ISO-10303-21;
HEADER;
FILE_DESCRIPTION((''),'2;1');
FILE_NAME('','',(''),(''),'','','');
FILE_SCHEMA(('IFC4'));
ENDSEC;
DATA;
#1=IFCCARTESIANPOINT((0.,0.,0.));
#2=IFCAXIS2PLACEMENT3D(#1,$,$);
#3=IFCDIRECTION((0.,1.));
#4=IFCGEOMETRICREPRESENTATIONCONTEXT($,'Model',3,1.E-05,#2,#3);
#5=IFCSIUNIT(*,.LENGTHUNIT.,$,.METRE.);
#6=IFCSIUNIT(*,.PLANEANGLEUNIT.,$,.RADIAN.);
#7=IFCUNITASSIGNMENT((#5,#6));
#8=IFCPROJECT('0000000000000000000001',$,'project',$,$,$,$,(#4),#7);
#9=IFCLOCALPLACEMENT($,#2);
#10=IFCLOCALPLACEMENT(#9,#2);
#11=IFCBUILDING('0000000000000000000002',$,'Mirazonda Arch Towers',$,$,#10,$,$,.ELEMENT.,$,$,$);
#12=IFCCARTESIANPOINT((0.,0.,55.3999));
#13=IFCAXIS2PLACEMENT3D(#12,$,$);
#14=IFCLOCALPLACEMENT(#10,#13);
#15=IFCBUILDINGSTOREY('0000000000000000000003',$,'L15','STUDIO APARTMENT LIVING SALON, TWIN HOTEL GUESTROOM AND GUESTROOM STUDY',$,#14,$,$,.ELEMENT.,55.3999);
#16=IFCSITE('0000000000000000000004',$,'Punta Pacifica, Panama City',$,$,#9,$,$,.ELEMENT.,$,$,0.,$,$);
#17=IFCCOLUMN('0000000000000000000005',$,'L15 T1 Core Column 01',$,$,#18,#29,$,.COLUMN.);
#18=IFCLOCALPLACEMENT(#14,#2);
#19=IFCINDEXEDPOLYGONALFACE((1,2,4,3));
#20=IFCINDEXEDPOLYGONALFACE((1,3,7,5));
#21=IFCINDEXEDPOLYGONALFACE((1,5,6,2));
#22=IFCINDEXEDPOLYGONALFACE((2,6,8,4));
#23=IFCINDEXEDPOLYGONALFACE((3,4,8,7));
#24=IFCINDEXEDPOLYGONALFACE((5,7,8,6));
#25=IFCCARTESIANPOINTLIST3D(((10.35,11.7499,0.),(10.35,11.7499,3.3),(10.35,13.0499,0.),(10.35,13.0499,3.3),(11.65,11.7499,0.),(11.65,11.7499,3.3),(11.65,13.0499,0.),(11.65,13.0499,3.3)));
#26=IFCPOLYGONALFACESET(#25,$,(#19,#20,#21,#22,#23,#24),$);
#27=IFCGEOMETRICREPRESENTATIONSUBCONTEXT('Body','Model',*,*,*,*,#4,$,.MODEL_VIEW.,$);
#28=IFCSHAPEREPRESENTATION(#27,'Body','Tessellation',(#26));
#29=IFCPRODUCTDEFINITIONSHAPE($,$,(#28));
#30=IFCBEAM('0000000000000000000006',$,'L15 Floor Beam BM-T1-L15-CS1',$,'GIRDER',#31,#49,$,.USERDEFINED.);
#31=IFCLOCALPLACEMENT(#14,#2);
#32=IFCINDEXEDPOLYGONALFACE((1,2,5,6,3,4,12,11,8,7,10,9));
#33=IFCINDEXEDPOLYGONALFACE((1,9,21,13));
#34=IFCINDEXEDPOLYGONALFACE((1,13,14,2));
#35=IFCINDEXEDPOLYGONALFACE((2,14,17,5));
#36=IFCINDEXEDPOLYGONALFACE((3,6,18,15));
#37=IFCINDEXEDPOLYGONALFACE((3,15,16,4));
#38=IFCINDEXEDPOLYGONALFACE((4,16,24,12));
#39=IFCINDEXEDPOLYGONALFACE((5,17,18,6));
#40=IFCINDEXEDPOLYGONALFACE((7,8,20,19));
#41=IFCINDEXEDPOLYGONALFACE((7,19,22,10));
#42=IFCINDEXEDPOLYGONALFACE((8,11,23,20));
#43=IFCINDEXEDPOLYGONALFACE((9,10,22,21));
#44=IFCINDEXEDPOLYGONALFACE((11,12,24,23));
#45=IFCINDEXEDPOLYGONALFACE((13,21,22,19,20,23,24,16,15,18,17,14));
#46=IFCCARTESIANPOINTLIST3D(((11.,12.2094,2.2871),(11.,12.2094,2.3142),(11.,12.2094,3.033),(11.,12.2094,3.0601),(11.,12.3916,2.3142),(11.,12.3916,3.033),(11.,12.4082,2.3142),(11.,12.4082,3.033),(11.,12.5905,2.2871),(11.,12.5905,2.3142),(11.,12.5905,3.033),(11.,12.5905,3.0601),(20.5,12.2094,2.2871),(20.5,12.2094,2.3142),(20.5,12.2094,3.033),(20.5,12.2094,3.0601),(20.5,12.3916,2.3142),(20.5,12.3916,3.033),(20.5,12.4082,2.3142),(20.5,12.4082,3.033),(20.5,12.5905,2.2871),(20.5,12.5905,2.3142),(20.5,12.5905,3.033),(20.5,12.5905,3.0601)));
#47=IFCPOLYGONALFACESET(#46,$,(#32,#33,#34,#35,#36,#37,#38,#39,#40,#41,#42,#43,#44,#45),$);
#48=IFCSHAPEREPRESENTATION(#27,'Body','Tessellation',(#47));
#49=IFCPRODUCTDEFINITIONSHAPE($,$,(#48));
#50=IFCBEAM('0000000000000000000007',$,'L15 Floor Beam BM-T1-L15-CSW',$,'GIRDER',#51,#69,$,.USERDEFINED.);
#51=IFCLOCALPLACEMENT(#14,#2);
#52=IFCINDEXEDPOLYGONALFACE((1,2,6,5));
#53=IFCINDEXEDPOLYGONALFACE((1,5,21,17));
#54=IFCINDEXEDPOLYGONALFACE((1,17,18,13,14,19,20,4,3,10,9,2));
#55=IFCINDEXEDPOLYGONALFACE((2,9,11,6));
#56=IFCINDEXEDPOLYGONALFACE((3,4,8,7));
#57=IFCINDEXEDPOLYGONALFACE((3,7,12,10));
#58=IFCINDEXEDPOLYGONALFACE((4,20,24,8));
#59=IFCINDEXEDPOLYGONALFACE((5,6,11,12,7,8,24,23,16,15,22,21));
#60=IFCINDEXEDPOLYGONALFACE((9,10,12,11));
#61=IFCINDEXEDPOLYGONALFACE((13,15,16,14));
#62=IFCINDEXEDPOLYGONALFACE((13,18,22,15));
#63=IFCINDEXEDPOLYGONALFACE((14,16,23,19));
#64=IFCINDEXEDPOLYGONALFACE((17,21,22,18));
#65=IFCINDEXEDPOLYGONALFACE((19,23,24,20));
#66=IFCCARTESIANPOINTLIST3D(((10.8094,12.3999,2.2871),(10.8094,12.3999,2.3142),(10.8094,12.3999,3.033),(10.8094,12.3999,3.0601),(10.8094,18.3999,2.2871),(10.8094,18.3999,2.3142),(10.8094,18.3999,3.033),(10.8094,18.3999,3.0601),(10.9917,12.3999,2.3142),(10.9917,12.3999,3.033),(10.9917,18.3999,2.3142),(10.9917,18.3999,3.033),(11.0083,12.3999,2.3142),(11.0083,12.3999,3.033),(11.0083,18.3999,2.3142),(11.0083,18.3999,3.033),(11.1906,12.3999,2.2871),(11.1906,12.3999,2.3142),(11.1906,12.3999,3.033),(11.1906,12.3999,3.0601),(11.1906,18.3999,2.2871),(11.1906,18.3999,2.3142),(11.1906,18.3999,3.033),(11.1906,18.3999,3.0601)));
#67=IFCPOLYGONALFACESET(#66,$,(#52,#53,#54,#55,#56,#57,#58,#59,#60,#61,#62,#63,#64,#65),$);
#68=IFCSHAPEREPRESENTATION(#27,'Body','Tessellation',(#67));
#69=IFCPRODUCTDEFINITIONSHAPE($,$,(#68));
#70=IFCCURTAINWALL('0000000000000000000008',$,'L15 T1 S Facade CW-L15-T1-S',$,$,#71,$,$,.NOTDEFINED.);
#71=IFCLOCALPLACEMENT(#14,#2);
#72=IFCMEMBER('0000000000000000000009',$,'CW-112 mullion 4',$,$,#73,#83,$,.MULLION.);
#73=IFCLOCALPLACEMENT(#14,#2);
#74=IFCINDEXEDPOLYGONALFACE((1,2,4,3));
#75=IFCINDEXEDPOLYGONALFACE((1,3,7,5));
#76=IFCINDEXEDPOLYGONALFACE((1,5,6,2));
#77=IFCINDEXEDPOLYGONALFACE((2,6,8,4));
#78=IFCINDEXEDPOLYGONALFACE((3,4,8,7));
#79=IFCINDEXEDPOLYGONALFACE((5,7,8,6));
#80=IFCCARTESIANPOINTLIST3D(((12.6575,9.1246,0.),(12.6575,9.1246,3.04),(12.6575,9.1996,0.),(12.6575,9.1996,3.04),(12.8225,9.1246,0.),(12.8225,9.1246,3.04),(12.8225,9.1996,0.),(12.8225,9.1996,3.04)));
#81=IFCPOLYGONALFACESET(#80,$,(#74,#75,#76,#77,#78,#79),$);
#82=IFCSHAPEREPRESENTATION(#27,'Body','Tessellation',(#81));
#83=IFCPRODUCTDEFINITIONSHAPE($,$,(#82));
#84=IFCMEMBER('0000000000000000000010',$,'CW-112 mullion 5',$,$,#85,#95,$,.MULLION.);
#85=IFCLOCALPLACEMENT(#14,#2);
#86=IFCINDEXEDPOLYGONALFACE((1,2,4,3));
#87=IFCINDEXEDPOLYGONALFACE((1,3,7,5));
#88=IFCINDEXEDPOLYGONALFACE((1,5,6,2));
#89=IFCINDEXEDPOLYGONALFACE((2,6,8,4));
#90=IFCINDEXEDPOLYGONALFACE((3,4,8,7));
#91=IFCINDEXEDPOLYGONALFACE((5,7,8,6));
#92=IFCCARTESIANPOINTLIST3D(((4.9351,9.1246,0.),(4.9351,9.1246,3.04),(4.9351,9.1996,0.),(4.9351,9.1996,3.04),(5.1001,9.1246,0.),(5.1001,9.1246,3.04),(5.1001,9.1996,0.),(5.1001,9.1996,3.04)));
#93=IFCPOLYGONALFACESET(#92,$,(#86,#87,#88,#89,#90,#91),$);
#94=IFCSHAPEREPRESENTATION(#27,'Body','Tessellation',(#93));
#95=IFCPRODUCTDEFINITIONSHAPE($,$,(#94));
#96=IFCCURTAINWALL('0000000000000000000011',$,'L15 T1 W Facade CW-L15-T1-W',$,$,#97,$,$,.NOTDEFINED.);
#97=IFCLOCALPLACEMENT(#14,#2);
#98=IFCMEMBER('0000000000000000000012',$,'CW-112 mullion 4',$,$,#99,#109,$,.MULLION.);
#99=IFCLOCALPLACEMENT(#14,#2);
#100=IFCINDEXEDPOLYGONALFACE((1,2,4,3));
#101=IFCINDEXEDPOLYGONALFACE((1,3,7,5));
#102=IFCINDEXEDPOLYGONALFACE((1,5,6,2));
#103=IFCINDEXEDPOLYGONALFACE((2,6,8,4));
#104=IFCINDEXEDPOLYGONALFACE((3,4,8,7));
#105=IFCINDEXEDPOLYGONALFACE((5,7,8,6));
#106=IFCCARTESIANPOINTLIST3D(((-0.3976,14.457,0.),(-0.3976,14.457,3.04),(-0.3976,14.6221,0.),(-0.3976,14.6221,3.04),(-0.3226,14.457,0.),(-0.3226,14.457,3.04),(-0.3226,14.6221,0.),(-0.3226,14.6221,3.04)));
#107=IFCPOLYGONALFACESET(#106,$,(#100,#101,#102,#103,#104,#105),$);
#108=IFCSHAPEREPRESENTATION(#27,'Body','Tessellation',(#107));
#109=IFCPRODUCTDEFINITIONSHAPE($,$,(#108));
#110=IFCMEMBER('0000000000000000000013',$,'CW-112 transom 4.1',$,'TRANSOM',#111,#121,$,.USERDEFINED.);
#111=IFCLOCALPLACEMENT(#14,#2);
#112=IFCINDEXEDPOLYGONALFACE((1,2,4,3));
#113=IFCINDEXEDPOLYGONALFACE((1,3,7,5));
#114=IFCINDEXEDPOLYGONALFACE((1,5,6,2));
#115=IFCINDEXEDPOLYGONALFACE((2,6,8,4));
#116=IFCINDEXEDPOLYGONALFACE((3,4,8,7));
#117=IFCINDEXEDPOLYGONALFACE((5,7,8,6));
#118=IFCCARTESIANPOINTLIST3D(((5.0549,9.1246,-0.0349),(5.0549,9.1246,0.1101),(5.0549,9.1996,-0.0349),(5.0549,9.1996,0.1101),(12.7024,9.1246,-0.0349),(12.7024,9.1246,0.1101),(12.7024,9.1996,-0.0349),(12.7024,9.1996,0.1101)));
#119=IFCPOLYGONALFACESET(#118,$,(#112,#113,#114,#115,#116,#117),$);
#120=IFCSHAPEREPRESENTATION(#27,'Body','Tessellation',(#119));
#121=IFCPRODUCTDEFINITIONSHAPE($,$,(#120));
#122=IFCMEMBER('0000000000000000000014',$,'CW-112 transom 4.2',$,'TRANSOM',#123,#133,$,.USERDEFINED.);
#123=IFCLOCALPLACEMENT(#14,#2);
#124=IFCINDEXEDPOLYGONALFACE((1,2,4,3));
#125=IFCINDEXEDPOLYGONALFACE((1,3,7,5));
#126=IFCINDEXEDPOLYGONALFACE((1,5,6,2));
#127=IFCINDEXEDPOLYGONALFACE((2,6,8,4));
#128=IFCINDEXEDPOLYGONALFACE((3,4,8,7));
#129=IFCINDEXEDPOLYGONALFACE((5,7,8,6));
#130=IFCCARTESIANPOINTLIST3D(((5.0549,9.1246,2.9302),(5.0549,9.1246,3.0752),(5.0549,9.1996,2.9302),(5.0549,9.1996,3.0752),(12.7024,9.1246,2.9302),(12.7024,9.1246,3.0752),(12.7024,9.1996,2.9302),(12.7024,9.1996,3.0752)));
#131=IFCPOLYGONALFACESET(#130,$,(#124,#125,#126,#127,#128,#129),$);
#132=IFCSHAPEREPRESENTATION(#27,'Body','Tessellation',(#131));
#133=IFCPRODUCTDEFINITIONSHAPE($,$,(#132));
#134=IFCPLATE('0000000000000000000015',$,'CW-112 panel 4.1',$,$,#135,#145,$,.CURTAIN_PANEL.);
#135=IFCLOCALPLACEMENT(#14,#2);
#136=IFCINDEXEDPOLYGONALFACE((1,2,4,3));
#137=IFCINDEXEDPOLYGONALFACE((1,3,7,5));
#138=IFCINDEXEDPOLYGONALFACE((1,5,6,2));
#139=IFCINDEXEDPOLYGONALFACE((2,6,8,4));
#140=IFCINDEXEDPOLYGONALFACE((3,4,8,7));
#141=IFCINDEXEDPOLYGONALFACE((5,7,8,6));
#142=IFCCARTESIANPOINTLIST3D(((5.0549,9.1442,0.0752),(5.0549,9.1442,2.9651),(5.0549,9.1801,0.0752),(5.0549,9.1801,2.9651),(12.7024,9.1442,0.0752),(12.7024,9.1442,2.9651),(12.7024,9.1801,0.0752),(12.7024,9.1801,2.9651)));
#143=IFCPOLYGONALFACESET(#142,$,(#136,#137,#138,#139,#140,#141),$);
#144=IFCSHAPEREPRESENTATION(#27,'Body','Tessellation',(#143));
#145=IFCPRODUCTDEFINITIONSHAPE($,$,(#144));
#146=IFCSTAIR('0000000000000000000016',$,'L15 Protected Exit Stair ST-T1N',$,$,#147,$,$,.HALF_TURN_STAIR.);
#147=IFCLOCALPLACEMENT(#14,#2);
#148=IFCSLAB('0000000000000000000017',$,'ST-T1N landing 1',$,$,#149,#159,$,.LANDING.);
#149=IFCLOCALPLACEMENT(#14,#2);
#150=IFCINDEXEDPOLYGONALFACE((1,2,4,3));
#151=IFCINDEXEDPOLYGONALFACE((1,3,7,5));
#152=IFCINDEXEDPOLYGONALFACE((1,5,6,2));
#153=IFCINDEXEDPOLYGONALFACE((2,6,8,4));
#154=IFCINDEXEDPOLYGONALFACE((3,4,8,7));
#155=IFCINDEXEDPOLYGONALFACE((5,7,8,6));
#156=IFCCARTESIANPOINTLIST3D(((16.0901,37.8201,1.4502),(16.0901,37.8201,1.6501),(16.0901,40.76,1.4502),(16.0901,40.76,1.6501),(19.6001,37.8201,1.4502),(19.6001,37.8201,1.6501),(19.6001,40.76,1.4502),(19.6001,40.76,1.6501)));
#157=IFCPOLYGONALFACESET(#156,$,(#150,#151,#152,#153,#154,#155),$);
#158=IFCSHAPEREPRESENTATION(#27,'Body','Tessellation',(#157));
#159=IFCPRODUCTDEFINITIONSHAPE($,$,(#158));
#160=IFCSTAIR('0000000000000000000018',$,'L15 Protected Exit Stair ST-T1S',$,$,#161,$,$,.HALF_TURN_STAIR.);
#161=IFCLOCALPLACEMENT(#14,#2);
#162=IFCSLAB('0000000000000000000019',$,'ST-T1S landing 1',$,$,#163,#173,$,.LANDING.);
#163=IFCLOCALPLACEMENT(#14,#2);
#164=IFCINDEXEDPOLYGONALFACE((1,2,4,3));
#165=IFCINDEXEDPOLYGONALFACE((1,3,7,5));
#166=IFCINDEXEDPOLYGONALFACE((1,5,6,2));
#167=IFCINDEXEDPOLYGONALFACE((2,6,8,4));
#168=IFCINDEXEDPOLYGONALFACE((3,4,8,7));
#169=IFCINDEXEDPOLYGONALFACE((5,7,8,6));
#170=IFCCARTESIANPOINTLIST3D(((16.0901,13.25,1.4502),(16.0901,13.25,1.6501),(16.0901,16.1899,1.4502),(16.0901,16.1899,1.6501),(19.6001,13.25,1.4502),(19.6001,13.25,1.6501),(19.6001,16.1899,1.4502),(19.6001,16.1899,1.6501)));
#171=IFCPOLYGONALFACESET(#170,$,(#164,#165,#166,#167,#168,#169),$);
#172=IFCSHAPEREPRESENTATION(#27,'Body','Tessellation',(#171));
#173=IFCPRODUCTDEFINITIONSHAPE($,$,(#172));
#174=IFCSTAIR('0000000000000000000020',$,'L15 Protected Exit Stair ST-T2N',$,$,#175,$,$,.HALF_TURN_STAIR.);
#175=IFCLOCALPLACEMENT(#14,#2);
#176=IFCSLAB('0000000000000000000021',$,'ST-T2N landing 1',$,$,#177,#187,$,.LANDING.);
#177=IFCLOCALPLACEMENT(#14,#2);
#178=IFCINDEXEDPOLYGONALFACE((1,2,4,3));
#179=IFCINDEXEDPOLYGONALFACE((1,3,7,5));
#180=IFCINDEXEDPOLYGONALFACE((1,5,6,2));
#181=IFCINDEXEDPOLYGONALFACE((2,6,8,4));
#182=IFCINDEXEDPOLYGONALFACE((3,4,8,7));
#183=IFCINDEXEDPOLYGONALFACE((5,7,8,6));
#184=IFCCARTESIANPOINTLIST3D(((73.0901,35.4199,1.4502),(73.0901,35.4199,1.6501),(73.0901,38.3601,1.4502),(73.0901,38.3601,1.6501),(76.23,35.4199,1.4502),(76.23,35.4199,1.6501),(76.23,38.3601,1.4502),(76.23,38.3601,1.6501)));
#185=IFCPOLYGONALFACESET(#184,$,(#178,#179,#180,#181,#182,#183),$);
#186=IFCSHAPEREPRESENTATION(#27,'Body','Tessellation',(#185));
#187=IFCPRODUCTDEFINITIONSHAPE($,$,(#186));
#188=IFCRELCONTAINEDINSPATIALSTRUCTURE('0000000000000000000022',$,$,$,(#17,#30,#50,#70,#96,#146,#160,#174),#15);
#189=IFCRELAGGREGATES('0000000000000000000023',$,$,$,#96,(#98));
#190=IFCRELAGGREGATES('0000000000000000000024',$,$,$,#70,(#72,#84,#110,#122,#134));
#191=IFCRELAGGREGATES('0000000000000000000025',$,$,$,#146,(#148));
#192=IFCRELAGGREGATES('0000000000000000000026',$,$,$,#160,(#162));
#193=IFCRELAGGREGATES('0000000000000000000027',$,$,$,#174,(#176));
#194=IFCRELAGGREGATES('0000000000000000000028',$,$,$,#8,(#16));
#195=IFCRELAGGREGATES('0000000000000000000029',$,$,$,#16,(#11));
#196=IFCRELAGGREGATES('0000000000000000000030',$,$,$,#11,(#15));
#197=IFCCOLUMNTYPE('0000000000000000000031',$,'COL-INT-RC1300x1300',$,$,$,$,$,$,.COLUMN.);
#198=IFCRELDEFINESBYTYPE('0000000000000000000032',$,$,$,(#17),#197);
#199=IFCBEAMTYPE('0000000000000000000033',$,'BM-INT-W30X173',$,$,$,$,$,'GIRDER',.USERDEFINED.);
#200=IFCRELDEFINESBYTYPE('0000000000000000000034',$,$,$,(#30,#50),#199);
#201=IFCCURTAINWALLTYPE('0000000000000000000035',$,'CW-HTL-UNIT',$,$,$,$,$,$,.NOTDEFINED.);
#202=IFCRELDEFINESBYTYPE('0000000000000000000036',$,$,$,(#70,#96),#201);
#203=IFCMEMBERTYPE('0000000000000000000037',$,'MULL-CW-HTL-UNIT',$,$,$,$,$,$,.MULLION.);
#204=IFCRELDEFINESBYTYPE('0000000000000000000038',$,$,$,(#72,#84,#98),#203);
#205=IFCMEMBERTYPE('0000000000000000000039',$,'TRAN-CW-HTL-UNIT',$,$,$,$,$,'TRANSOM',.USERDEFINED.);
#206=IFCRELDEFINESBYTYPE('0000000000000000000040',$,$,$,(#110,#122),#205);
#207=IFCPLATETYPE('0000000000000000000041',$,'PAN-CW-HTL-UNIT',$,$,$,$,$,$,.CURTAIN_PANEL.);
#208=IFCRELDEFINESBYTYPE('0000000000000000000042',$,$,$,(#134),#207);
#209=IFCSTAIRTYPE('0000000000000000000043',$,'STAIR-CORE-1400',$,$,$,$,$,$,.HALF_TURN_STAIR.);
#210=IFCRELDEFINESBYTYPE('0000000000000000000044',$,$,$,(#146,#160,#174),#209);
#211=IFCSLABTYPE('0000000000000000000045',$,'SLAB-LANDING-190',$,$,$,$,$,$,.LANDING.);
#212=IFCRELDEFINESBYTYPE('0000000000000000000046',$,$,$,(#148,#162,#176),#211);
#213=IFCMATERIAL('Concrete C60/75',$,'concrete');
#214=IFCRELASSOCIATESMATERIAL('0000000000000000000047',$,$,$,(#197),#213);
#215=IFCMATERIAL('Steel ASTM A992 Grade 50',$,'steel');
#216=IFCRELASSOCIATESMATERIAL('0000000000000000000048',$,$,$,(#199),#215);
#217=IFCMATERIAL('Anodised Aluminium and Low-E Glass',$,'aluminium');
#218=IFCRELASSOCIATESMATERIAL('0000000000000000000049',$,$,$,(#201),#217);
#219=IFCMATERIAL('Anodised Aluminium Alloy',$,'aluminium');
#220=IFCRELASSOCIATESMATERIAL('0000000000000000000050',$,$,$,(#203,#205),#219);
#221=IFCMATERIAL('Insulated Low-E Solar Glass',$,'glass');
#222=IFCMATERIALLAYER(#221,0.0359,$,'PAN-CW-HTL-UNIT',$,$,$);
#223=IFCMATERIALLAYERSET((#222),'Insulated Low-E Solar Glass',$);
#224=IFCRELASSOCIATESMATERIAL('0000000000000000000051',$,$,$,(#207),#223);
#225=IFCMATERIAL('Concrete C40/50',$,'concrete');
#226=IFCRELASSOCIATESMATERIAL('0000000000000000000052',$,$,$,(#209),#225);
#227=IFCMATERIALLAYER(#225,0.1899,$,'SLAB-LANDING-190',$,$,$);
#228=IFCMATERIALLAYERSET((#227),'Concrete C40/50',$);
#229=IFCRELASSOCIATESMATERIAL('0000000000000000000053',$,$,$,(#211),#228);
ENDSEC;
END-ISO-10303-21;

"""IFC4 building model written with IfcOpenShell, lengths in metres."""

from ifc_helpers import new_model, si_unit, direction, frame, origin, origin_2d, place, context, subcontext, project, spatial, polyline, rectangle, i_section, outline, extrude, material, layer, layer_set, material_profile, profile_set, type_object, element, aggregate, save


model = new_model("IFC4")

# Units and contexts
model_context = context("Model", 3, precision=1e-05, world=origin(), true_north=direction((0.0, 1.0)))
body_context = subcontext(model_context, "Body", "Model", "MODEL_VIEW")
ifc_project = project(units=[si_unit("LENGTHUNIT", "METRE"), si_unit("PLANEANGLEUNIT", "RADIAN")], contexts=[model_context])

# Site, building, storey
site_placement = place(None, origin())
site = spatial("IfcSite", under=ifc_project, at=site_placement, Name="Punta Pacifica, Panama City", CompositionType="ELEMENT", RefElevation=0.0)
building_placement = place(site_placement, origin())
building = spatial("IfcBuilding", under=site, at=building_placement, Name="Mirazonda Arch Towers", CompositionType="ELEMENT")
storey_placement = place(building_placement, frame((0.0, 0.0, 55.3999)))
storey = spatial("IfcBuildingStorey", under=building, at=storey_placement, Name="L15", Description="STUDIO APARTMENT LIVING SALON, TWIN HOTEL GUESTROOM AND GUESTROOM STUDY", CompositionType="ELEMENT", Elevation=55.3999)

# Column
ifc_material_1 = material(Name="Concrete C60/75", Category="concrete")
ifc_material_profile_1 = material_profile(ifc_material_1, rectangle(XDim=1.3, YDim=1.3, at=origin_2d()), Name="RC1300x1300")
ifc_profile_set_1 = profile_set([ifc_material_profile_1], Name="Concrete C60/75")
column_type = type_object("IfcColumnType", Name="COL-INT-RC1300x1300", PredefinedType="COLUMN", material=ifc_profile_set_1)
column_placement = place(storey_placement, frame((11.0, 12.3999, 0.0), z_axis=(0.0, 0.0, 1.0), x_axis=(1.0, 0.0, 0.0)))
element("IfcColumn", 1, at=column_placement, inside=storey, type_object=column_type, Name="L15 T1 Core Column 01", PredefinedType="COLUMN", context=body_context, shape_type="SweptSolid", body=[
    extrude(rectangle(XDim=1.3, YDim=1.3, at=origin_2d()), origin(), (0.0, 0.0, 1.0), 3.3),
])

# Beams
ifc_material_2 = material(Name="Steel ASTM A992 Grade 50", Category="steel")
ifc_material_profile_2 = material_profile(ifc_material_2, i_section(OverallWidth=0.3811, OverallDepth=0.7729, WebThickness=0.0166, FlangeThickness=0.0271, at=origin_2d()), Name="W30X173")
ifc_profile_set_2 = profile_set([ifc_material_profile_2], Name="Steel ASTM A992 Grade 50")
beam_type = type_object("IfcBeamType", Name="BM-INT-W30X173", ElementType="GIRDER", PredefinedType="USERDEFINED", material=ifc_profile_set_2)
beam_1_placement = place(storey_placement, frame((11.0, 12.3999, 2.6736), z_axis=(1.0, 0.0, 0.0), x_axis=(0.0, 1.0, 0.0)))
element("IfcBeam", 2, at=beam_1_placement, inside=storey, type_object=beam_type, Name="L15 Floor Beam BM-T1-L15-CS1", ObjectType="GIRDER", PredefinedType="USERDEFINED", context=body_context, shape_type="SweptSolid", body=[
    extrude(i_section(OverallWidth=0.3811, OverallDepth=0.7729, WebThickness=0.0166, FlangeThickness=0.0271, at=origin_2d()), origin(), (0.0, 0.0, 1.0), 9.5),
])
beam_2_placement = place(storey_placement, frame((11.0, 12.3999, 2.6736), z_axis=(0.0, 1.0, 0.0), x_axis=(-1.0, 0.0, 0.0)))
element("IfcBeam", 3, at=beam_2_placement, inside=storey, type_object=beam_type, Name="L15 Floor Beam BM-T1-L15-CSW", ObjectType="GIRDER", PredefinedType="USERDEFINED", context=body_context, shape_type="SweptSolid", body=[
    extrude(i_section(OverallWidth=0.3811, OverallDepth=0.7729, WebThickness=0.0166, FlangeThickness=0.0271, at=origin_2d()), origin(), (0.0, 0.0, 1.0), 6.0),
])

# Curtain wall, members
ifc_material_3 = material(Name="Anodised Aluminium and Low-E Glass", Category="aluminium")
curtain_wall_type = type_object("IfcCurtainWallType", Name="CW-HTL-UNIT", PredefinedType="NOTDEFINED", material=ifc_material_3)
curtain_wall_1_placement = place(storey_placement, origin())
curtain_wall_1 = element("IfcCurtainWall", 4, at=curtain_wall_1_placement, inside=storey, type_object=curtain_wall_type, Name="L15 T1 S Facade CW-L15-T1-S", PredefinedType="NOTDEFINED")
ifc_material_4 = material(Name="Anodised Aluminium Alloy", Category="aluminium")
ifc_material_profile_3 = material_profile(ifc_material_4, rectangle(XDim=0.075, YDim=0.165, at=origin_2d()), Name="ALU-MULL-75x165")
ifc_profile_set_3 = profile_set([ifc_material_profile_3], Name="Anodised Aluminium Alloy")
member_type_1 = type_object("IfcMemberType", Name="MULL-CW-HTL-UNIT", PredefinedType="MULLION", material=ifc_profile_set_3)
member_1_placement = place(storey_placement, frame((12.74, 9.1621, 0.0), z_axis=(0.0, 0.0, 1.0), x_axis=(0.0, -1.0, 0.0)))
member_1 = element("IfcMember", 5, at=member_1_placement, type_object=member_type_1, Name="CW-112 mullion 4", PredefinedType="MULLION", context=body_context, shape_type="SweptSolid", body=[
    extrude(rectangle(XDim=0.075, YDim=0.165, at=origin_2d()), origin(), (0.0, 0.0, 1.0), 3.04),
])
member_2_placement = place(storey_placement, frame((5.0176, 9.1621, 0.0), z_axis=(0.0, 0.0, 1.0), x_axis=(0.0, -1.0, 0.0)))
member_2 = element("IfcMember", 6, at=member_2_placement, type_object=member_type_1, Name="CW-112 mullion 5", PredefinedType="MULLION", context=body_context, shape_type="SweptSolid", body=[
    extrude(rectangle(XDim=0.075, YDim=0.165, at=origin_2d()), origin(), (0.0, 0.0, 1.0), 3.04),
])

# Curtain wall, member
curtain_wall_2_placement = place(storey_placement, origin())
curtain_wall_2 = element("IfcCurtainWall", 7, at=curtain_wall_2_placement, inside=storey, type_object=curtain_wall_type, Name="L15 T1 W Facade CW-L15-T1-W", PredefinedType="NOTDEFINED")
member_3_placement = place(storey_placement, frame((-0.3601, 14.5396, 0.0), z_axis=(0.0, 0.0, 1.0), x_axis=(1.0, 0.0, 0.0)))
member_3 = element("IfcMember", 8, at=member_3_placement, type_object=member_type_1, Name="CW-112 mullion 4", PredefinedType="MULLION", context=body_context, shape_type="SweptSolid", body=[
    extrude(rectangle(XDim=0.075, YDim=0.165, at=origin_2d()), origin(), (0.0, 0.0, 1.0), 3.04),
])
aggregate(curtain_wall_2, [member_3])

# Members
ifc_material_profile_4 = material_profile(ifc_material_4, rectangle(XDim=0.075, YDim=0.145, at=origin_2d()), Name="ALU-TRAN-75x145")
ifc_profile_set_4 = profile_set([ifc_material_profile_4], Name="Anodised Aluminium Alloy")
member_type_2 = type_object("IfcMemberType", Name="TRAN-CW-HTL-UNIT", ElementType="TRANSOM", PredefinedType="USERDEFINED", material=ifc_profile_set_4)
member_4_placement = place(storey_placement, frame((12.7024, 9.1621, 0.0376), z_axis=(-1.0, 0.0, 0.0), x_axis=(0.0, -1.0, 0.0)))
member_4 = element("IfcMember", 9, at=member_4_placement, type_object=member_type_2, Name="CW-112 transom 4.1", ObjectType="TRANSOM", PredefinedType="USERDEFINED", context=body_context, shape_type="SweptSolid", body=[
    extrude(rectangle(XDim=0.075, YDim=0.145, at=origin_2d()), origin(), (0.0, 0.0, 1.0), 7.6475),
])
member_5_placement = place(storey_placement, frame((12.7024, 9.1621, 3.0027), z_axis=(-1.0, 0.0, 0.0), x_axis=(0.0, -1.0, 0.0)))
member_5 = element("IfcMember", 10, at=member_5_placement, type_object=member_type_2, Name="CW-112 transom 4.2", ObjectType="TRANSOM", PredefinedType="USERDEFINED", context=body_context, shape_type="SweptSolid", body=[
    extrude(rectangle(XDim=0.075, YDim=0.145, at=origin_2d()), origin(), (0.0, 0.0, 1.0), 7.6475),
])

# Plate
ifc_material_5 = material(Name="Insulated Low-E Solar Glass", Category="glass")
ifc_layer_1 = layer(ifc_material_5, 0.0359, Name="PAN-CW-HTL-UNIT")
ifc_layer_set_1 = layer_set([ifc_layer_1], Name="Insulated Low-E Solar Glass")
plate_type = type_object("IfcPlateType", Name="PAN-CW-HTL-UNIT", PredefinedType="CURTAIN_PANEL", material=ifc_layer_set_1)
plate_placement = place(storey_placement, frame((8.8787, 9.1621, 0.0752), z_axis=(0.0, 0.0, 1.0), x_axis=(-1.0, 0.0, 0.0)))
plate = element("IfcPlate", 11, at=plate_placement, type_object=plate_type, Name="CW-112 panel 4.1", PredefinedType="CURTAIN_PANEL", context=body_context, shape_type="SweptSolid", body=[
    extrude(rectangle(XDim=7.6475, YDim=0.0359, at=origin_2d()), origin(), (0.0, 0.0, 1.0), 2.8899),
])
aggregate(curtain_wall_1, [member_1, member_2, member_4, member_5, plate])

# Stairs, slabs
ifc_material_6 = material(Name="Concrete C40/50", Category="concrete")
stair_type = type_object("IfcStairType", Name="STAIR-CORE-1400", PredefinedType="HALF_TURN_STAIR", material=ifc_material_6)
stair_1_placement = place(storey_placement, origin())
stair_1 = element("IfcStair", 12, at=stair_1_placement, inside=storey, type_object=stair_type, Name="L15 Protected Exit Stair ST-T1N", PredefinedType="HALF_TURN_STAIR")
ifc_layer_2 = layer(ifc_material_6, 0.1899, Name="SLAB-LANDING-190")
ifc_layer_set_2 = layer_set([ifc_layer_2], Name="Concrete C40/50")
slab_type_1 = type_object("IfcSlabType", Name="SLAB-LANDING-190", PredefinedType="LANDING", material=ifc_layer_set_2)
slab_1_placement = place(storey_placement, frame((0.0, 0.0, 1.4502)))
slab_1 = element("IfcSlab", 13, at=slab_1_placement, type_object=slab_type_1, Name="ST-T1N landing 1", PredefinedType="LANDING", context=body_context, shape_type="SweptSolid", body=[
    extrude(outline(polyline([(16.0901, 37.8201), (19.6001, 37.8201), (19.6001, 40.76), (16.0901, 40.76), (16.0901, 37.8201)])), origin(), (0.0, 0.0, 1.0), 0.2),
])
aggregate(stair_1, [slab_1])
stair_2_placement = place(storey_placement, origin())
stair_2 = element("IfcStair", 14, at=stair_2_placement, inside=storey, type_object=stair_type, Name="L15 Protected Exit Stair ST-T1S", PredefinedType="HALF_TURN_STAIR")
slab_2_placement = place(storey_placement, frame((0.0, 0.0, 1.4502)))
slab_2 = element("IfcSlab", 15, at=slab_2_placement, type_object=slab_type_1, Name="ST-T1S landing 1", PredefinedType="LANDING", context=body_context, shape_type="SweptSolid", body=[
    extrude(outline(polyline([(16.0901, 13.25), (19.6001, 13.25), (19.6001, 16.1899), (16.0901, 16.1899), (16.0901, 13.25)])), origin(), (0.0, 0.0, 1.0), 0.2),
])
aggregate(stair_2, [slab_2])
stair_3_placement = place(storey_placement, origin())
stair_3 = element("IfcStair", 16, at=stair_3_placement, inside=storey, type_object=stair_type, Name="L15 Protected Exit Stair ST-T2N", PredefinedType="HALF_TURN_STAIR")
slab_3_placement = place(storey_placement, frame((0.0, 0.0, 1.4502)))
slab_3 = element("IfcSlab", 17, at=slab_3_placement, type_object=slab_type_1, Name="ST-T2N landing 1", PredefinedType="LANDING", context=body_context, shape_type="SweptSolid", body=[
    extrude(outline(polyline([(73.0901, 35.4199), (76.23, 35.4199), (76.23, 38.3601), (73.0901, 38.3601), (73.0901, 35.4199)])), origin(), (0.0, 0.0, 1.0), 0.2),
])
aggregate(stair_3, [slab_3])

save(model, "model.ifc")
